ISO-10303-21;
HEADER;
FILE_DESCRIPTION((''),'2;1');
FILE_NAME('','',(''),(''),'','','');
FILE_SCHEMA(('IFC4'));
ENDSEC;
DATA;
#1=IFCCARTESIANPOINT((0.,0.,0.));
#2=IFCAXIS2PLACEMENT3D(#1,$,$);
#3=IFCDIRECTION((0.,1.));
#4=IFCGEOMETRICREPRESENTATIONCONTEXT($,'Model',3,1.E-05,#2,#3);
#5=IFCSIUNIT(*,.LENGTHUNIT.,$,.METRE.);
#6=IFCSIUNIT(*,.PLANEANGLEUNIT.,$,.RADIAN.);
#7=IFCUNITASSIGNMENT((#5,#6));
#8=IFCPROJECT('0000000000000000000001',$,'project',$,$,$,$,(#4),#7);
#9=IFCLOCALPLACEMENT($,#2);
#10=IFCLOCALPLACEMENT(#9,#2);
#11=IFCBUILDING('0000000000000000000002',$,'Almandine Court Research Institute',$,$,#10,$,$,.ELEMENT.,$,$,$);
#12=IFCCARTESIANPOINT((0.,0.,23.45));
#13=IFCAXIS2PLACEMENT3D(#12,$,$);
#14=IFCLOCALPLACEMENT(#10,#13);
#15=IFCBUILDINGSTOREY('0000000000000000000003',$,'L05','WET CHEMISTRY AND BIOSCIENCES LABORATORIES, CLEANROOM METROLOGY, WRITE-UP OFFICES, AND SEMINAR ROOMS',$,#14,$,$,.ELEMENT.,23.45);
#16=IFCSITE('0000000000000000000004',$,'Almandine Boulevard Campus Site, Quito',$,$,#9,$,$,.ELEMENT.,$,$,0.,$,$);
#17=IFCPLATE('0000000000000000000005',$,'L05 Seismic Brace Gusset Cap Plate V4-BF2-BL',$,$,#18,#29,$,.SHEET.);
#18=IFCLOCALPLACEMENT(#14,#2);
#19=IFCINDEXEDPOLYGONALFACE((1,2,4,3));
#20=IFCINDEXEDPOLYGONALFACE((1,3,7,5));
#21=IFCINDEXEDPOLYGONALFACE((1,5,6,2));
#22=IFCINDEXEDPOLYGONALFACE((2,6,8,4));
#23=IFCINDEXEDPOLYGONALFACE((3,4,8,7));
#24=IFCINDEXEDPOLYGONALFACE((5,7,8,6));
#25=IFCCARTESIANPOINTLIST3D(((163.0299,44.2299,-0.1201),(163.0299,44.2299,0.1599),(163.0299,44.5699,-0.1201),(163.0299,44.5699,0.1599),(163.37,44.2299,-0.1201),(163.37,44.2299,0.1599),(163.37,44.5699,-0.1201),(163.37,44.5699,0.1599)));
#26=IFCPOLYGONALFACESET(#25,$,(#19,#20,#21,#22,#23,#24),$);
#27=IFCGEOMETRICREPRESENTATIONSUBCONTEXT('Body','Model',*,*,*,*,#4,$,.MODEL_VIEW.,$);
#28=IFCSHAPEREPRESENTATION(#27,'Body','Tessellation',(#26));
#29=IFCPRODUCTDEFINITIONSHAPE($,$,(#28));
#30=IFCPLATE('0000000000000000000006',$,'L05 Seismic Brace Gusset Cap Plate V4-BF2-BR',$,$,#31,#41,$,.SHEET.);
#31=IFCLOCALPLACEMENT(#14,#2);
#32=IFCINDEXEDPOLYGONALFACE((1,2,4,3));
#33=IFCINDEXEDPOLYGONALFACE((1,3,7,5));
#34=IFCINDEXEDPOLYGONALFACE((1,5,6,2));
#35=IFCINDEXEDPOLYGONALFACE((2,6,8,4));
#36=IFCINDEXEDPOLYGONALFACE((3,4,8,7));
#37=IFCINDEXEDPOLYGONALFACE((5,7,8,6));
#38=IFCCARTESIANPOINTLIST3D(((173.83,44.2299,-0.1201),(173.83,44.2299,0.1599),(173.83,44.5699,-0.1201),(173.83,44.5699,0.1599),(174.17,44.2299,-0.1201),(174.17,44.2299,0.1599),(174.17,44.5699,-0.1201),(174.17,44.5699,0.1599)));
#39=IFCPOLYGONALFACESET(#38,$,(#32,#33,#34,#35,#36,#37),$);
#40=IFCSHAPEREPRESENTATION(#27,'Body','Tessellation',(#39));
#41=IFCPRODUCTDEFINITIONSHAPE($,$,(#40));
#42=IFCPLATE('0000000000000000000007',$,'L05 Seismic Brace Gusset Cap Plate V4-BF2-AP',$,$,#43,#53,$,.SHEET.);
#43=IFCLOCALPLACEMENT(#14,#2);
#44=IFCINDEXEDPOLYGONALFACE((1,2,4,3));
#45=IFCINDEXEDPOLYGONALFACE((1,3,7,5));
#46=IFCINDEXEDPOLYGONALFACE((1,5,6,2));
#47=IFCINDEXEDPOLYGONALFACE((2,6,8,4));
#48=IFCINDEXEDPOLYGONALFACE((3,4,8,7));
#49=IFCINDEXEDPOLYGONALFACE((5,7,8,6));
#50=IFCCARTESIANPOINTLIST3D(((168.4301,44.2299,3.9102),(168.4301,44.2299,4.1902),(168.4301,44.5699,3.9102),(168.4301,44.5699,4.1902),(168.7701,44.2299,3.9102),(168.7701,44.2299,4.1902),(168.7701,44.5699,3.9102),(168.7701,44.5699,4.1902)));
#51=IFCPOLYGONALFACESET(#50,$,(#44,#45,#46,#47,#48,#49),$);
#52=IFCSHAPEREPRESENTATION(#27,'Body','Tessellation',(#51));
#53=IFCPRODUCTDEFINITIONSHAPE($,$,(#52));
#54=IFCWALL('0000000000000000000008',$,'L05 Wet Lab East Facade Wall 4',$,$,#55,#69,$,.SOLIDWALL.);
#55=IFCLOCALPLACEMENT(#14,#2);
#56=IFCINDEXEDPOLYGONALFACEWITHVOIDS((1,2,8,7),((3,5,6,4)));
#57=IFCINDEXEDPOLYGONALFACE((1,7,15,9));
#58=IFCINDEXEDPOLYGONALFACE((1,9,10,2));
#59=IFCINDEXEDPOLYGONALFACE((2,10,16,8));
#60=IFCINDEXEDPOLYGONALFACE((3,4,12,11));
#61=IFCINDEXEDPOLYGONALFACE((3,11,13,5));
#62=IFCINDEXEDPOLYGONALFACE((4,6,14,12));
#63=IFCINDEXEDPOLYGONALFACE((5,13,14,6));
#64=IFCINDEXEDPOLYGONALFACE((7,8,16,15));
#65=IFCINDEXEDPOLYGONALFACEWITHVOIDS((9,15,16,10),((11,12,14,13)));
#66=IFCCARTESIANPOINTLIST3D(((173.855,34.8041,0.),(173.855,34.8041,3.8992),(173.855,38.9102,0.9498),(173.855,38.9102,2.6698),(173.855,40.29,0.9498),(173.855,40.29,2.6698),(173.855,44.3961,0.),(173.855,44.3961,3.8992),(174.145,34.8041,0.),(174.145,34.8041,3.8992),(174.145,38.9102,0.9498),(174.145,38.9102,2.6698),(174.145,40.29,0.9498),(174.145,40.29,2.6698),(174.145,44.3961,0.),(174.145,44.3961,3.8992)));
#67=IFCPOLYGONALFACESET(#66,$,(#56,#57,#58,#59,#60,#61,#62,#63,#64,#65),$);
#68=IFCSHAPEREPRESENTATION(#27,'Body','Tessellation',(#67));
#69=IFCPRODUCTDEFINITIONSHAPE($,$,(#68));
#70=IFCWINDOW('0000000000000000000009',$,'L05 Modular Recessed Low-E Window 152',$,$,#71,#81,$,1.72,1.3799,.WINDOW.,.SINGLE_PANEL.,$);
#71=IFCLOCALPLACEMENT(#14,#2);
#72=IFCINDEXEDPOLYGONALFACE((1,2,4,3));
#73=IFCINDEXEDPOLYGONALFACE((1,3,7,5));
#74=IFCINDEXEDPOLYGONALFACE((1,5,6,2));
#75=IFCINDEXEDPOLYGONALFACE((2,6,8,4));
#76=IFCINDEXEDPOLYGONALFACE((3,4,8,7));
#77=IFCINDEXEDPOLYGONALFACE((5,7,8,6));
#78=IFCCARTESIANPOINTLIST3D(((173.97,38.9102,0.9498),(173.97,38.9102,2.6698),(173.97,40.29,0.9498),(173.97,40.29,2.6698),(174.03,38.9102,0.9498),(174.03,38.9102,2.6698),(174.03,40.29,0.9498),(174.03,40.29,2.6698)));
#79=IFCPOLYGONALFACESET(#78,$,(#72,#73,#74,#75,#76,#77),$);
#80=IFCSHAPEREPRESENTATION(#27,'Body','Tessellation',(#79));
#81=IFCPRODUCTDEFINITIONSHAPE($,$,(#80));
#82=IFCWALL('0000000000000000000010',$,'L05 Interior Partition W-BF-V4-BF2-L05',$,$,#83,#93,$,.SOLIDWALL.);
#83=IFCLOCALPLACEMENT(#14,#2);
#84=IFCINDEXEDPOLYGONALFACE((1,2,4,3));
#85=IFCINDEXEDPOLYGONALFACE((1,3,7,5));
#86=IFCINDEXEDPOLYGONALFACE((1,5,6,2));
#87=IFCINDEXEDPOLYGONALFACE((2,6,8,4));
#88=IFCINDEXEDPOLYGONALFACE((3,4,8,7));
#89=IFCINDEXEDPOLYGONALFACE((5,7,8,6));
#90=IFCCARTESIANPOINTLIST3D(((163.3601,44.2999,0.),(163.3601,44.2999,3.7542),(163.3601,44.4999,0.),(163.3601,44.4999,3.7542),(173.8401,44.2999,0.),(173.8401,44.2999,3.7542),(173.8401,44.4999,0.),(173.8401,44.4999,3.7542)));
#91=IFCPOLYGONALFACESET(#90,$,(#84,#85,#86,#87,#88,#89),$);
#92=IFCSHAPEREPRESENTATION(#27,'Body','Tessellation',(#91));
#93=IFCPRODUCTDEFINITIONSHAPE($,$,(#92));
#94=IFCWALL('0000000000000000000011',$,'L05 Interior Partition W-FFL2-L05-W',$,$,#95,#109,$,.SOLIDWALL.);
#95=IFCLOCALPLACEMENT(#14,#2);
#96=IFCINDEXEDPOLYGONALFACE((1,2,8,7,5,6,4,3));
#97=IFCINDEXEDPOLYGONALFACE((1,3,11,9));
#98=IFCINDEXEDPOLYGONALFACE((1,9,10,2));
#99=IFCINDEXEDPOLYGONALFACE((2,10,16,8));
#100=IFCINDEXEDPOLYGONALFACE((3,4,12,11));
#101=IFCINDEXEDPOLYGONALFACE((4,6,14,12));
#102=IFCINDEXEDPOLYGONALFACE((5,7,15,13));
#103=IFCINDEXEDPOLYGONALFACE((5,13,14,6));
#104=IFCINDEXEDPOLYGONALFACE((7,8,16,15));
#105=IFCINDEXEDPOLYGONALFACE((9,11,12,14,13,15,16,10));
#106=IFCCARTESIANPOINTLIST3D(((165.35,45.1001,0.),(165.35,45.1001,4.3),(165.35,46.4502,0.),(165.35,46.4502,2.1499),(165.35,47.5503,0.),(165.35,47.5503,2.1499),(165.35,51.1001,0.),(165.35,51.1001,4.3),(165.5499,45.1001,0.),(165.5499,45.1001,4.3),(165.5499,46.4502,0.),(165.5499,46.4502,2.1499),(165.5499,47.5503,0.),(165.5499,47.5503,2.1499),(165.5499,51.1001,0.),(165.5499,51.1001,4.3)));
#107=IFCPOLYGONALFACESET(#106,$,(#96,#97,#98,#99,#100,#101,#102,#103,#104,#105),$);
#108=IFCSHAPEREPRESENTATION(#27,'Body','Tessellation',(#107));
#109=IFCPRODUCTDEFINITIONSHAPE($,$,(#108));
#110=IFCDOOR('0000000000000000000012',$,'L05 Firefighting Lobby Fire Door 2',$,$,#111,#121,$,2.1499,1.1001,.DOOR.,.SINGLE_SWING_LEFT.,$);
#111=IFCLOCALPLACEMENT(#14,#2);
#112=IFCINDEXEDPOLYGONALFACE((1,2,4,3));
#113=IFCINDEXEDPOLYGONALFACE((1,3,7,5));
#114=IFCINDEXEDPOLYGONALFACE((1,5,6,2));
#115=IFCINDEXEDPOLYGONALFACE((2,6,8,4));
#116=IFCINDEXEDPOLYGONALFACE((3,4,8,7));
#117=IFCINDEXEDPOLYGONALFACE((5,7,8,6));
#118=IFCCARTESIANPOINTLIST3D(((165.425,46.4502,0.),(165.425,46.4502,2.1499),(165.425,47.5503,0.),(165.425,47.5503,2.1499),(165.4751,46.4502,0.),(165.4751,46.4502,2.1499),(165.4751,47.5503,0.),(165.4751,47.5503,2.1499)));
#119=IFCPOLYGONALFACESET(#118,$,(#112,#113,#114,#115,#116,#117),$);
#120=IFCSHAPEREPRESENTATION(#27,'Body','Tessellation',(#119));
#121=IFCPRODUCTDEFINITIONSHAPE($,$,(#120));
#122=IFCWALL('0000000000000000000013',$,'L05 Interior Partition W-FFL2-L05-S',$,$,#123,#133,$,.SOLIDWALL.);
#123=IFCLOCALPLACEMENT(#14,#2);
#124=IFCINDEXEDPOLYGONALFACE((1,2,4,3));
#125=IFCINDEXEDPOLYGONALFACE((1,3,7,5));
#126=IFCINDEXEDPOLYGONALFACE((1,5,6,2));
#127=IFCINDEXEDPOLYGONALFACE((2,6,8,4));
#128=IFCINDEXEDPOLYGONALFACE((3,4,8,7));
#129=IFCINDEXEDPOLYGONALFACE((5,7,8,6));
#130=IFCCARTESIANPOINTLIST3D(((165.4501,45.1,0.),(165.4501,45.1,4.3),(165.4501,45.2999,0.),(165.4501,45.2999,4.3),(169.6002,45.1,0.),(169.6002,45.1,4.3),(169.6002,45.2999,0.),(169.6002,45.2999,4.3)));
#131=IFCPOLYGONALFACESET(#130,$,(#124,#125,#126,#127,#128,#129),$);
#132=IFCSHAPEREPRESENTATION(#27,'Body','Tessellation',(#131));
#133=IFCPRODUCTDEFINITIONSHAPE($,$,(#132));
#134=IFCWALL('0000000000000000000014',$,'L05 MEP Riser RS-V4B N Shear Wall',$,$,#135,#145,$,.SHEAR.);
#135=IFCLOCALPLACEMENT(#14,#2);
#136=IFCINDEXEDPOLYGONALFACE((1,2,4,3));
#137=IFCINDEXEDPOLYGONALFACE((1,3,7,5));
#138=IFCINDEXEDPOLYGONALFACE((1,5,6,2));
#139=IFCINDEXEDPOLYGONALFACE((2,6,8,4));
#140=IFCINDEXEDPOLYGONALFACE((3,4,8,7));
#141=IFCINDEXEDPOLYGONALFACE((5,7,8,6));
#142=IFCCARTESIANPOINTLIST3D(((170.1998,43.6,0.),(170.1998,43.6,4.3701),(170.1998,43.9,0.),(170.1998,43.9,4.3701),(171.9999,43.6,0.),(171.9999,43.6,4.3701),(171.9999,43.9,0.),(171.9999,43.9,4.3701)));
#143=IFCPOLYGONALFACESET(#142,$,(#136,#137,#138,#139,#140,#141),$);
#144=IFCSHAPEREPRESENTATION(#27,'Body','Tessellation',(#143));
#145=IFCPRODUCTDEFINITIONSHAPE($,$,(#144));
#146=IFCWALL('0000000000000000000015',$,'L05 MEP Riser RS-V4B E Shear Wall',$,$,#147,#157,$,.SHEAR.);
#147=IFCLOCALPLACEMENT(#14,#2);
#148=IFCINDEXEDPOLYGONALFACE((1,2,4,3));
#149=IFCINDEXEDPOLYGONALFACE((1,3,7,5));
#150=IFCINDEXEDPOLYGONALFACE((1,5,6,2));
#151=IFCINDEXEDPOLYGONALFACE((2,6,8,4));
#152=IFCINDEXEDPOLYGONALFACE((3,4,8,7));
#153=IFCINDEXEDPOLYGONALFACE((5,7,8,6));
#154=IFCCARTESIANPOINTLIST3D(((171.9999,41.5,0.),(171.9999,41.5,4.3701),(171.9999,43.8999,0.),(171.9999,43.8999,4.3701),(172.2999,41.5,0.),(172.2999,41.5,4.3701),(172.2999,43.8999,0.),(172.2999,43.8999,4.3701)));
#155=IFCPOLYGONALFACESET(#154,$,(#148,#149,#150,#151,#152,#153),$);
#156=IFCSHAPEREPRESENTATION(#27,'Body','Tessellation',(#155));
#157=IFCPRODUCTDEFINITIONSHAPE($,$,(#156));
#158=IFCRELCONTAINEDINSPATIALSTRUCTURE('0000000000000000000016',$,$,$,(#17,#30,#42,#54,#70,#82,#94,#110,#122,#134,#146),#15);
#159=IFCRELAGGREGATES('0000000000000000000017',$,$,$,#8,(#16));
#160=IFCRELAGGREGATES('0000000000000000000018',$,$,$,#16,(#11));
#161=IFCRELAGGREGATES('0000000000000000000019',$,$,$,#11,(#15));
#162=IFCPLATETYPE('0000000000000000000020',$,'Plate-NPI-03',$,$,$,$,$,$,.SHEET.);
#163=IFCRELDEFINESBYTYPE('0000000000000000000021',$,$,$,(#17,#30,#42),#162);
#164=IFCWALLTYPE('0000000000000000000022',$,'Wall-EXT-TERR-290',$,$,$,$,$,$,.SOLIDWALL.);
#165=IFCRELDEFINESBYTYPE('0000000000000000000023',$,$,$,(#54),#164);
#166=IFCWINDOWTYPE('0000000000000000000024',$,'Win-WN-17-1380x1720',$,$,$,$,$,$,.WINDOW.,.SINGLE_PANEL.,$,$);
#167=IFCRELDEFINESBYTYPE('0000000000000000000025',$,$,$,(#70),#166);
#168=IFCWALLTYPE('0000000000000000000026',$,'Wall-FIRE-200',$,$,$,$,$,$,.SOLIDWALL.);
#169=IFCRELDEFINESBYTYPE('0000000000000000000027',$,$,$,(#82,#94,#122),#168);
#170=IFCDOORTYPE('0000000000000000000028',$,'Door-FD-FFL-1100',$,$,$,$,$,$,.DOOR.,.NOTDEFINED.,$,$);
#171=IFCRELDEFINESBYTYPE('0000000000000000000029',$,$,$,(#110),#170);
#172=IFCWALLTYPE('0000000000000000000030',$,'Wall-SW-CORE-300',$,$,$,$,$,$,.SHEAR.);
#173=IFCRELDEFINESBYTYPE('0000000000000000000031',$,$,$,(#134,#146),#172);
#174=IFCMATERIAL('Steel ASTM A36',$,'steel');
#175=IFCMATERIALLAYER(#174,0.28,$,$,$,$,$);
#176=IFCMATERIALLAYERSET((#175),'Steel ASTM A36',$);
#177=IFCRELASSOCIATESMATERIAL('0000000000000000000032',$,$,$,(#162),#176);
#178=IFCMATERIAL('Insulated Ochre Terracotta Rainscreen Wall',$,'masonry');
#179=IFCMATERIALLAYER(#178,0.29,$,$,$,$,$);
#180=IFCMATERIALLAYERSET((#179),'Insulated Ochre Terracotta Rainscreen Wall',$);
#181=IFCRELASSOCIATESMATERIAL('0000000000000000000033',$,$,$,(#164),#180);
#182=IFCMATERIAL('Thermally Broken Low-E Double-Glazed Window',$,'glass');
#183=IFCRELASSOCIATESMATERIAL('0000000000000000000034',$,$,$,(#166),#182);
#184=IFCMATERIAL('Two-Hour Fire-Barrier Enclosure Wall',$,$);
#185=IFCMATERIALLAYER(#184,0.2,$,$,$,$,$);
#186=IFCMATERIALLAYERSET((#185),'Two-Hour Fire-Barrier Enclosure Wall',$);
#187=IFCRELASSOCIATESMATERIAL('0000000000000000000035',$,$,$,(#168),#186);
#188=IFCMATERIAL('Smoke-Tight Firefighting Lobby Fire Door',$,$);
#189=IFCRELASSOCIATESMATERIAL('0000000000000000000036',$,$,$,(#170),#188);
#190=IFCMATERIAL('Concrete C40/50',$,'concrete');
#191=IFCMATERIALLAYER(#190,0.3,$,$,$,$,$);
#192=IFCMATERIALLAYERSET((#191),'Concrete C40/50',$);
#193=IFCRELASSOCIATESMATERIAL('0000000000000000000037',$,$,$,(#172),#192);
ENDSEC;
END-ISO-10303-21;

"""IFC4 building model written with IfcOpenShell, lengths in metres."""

from ifc_helpers import new_model, si_unit, direction, frame, frame_2d, origin, origin_2d, place, context, subcontext, project, spatial, rectangle, extrude, material, layer, layer_set, type_object, element, fill, save


model = new_model("IFC4")

# Units and contexts
model_context = context("Model", 3, precision=1e-05, world=origin(), true_north=direction((0.0, 1.0)))
body_context = subcontext(model_context, "Body", "Model", "MODEL_VIEW")
ifc_project = project(units=[si_unit("LENGTHUNIT", "METRE"), si_unit("PLANEANGLEUNIT", "RADIAN")], contexts=[model_context])

# Site, building, storey
site_placement = place(None, origin())
site = spatial("IfcSite", under=ifc_project, at=site_placement, Name="Almandine Boulevard Campus Site, Quito", CompositionType="ELEMENT", RefElevation=0.0)
building_placement = place(site_placement, origin())
building = spatial("IfcBuilding", under=site, at=building_placement, Name="Almandine Court Research Institute", CompositionType="ELEMENT")
storey_placement = place(building_placement, frame((0.0, 0.0, 23.45)))
storey = spatial("IfcBuildingStorey", under=building, at=storey_placement, Name="L05", Description="WET CHEMISTRY AND BIOSCIENCES LABORATORIES, CLEANROOM METROLOGY, WRITE-UP OFFICES, AND SEMINAR ROOMS", CompositionType="ELEMENT", Elevation=23.45)

# Plates
ifc_material_1 = material(Name="Steel ASTM A36", Category="steel")
ifc_layer_1 = layer(ifc_material_1, 0.28)
ifc_layer_set_1 = layer_set([ifc_layer_1], Name="Steel ASTM A36")
plate_type = type_object("IfcPlateType", Name="Plate-NPI-03", PredefinedType="SHEET", material=ifc_layer_set_1)
for number, where, z_axis, x_axis, name in (
    (1, (163.2, 44.3999, -0.1201), (0.0, 0.0, 1.0), (1.0, 0.0, 0.0), "L05 Seismic Brace Gusset Cap Plate V4-BF2-BL"),
    (2, (174.0, 44.3999, -0.1201), (0.0, 0.0, 1.0), (1.0, 0.0, 0.0), "L05 Seismic Brace Gusset Cap Plate V4-BF2-BR"),
    (3, (168.6001, 44.3999, 3.9102), (0.0, 0.0, 1.0), (1.0, 0.0, 0.0), "L05 Seismic Brace Gusset Cap Plate V4-BF2-AP"),
):
    element("IfcPlate", number, at=place(storey_placement, frame(where, z_axis=z_axis, x_axis=x_axis)), inside=storey, type_object=plate_type, Name=name, PredefinedType="SHEET", context=body_context, shape_type="SweptSolid", body=[
        extrude(rectangle(XDim=0.3401, YDim=0.3401, at=origin_2d()), origin(), (0.0, 0.0, 1.0), 0.28),
    ])

# Wall, opening, window
ifc_material_2 = material(Name="Insulated Ochre Terracotta Rainscreen Wall", Category="masonry")
ifc_layer_2 = layer(ifc_material_2, 0.29)
ifc_layer_set_2 = layer_set([ifc_layer_2], Name="Insulated Ochre Terracotta Rainscreen Wall")
wall_type_1 = type_object("IfcWallType", Name="Wall-EXT-TERR-290", PredefinedType="SOLIDWALL", material=ifc_layer_set_2)
wall_1_placement = place(storey_placement, frame((174.0, 44.396, 0.0), z_axis=(0.0, 0.0, 1.0), x_axis=(0.0, -1.0, 0.0)))
wall_1 = element("IfcWall", 4, at=wall_1_placement, inside=storey, type_object=wall_type_1, Name="L05 Wet Lab East Facade Wall 4", PredefinedType="SOLIDWALL", context=body_context, shape_type="SweptSolid", body=[
    extrude(rectangle(XDim=9.592, YDim=0.29, at=frame_2d((4.7959, 0.0))), origin(), (0.0, 0.0, 1.0), 3.8992),
])
opening_1_placement = place(wall_1_placement, frame((4.106, 0.0, 0.95)))
opening_1 = element("IfcOpeningElement", 5, at=opening_1_placement, cuts=wall_1, PredefinedType="OPENING", context=body_context, shape_type="SweptSolid", body=[
    extrude(rectangle(XDim=1.3799, YDim=1.72, at=frame_2d((0.6899, 0.8599))), frame((0.0, 0.155, 0.0), z_axis=(0.0, -1.0, 0.0), x_axis=(1.0, 0.0, 0.0)), (0.0, 0.0, 1.0), 0.3101),
])
ifc_material_3 = material(Name="Thermally Broken Low-E Double-Glazed Window", Category="glass")
window_type = type_object("IfcWindowType", Name="Win-WN-17-1380x1720", PartitioningType="SINGLE_PANEL", PredefinedType="WINDOW", material=ifc_material_3)
window_placement = place(opening_1_placement, origin())
window = element("IfcWindow", 6, at=window_placement, inside=storey, type_object=window_type, Name="L05 Modular Recessed Low-E Window 152", OverallHeight=1.72, OverallWidth=1.3799, PartitioningType="SINGLE_PANEL", PredefinedType="WINDOW", context=body_context, shape_type="SweptSolid", body=[
    extrude(rectangle(XDim=1.3799, YDim=1.72, at=frame_2d((0.6899, 0.8599))), frame((0.0, 0.03, 0.0), z_axis=(0.0, -1.0, 0.0), x_axis=(1.0, 0.0, 0.0)), (0.0, 0.0, 1.0), 0.0601),
])
fill(opening_1, window)

# Wall
ifc_material_4 = material(Name="Two-Hour Fire-Barrier Enclosure Wall")
ifc_layer_3 = layer(ifc_material_4, 0.2)
ifc_layer_set_3 = layer_set([ifc_layer_3], Name="Two-Hour Fire-Barrier Enclosure Wall")
wall_type_2 = type_object("IfcWallType", Name="Wall-FIRE-200", PredefinedType="SOLIDWALL", material=ifc_layer_set_3)
wall_2_placement = place(storey_placement, frame((163.3601, 44.3999, 0.0), z_axis=(0.0, 0.0, 1.0), x_axis=(1.0, 0.0, 0.0)))
element("IfcWall", 7, at=wall_2_placement, inside=storey, type_object=wall_type_2, Name="L05 Interior Partition W-BF-V4-BF2-L05", PredefinedType="SOLIDWALL", context=body_context, shape_type="SweptSolid", body=[
    extrude(rectangle(XDim=10.48, YDim=0.2, at=frame_2d((5.24, 0.0))), origin(), (0.0, 0.0, 1.0), 3.7542),
])

# Wall, opening, door
wall_3_placement = place(storey_placement, frame((165.45, 45.1001, 0.0), z_axis=(0.0, 0.0, 1.0), x_axis=(0.0, 1.0, 0.0)))
wall_3 = element("IfcWall", 8, at=wall_3_placement, inside=storey, type_object=wall_type_2, Name="L05 Interior Partition W-FFL2-L05-W", PredefinedType="SOLIDWALL", context=body_context, shape_type="SweptSolid", body=[
    extrude(rectangle(XDim=6.0, YDim=0.2, at=frame_2d((3.0, 0.0))), origin(), (0.0, 0.0, 1.0), 4.3),
])
opening_2_placement = place(wall_3_placement, frame((1.3501, 0.0, 0.0)))
opening_2 = element("IfcOpeningElement", 9, at=opening_2_placement, cuts=wall_3, PredefinedType="OPENING", context=body_context, shape_type="SweptSolid", body=[
    extrude(rectangle(XDim=1.1001, YDim=2.1499, at=frame_2d((0.55, 1.075))), frame((0.0, 0.1099, 0.0), z_axis=(0.0, -1.0, 0.0), x_axis=(1.0, 0.0, 0.0)), (0.0, 0.0, 1.0), 0.22),
])
ifc_material_5 = material(Name="Smoke-Tight Firefighting Lobby Fire Door")
door_type_1 = type_object("IfcDoorType", Name="Door-FD-FFL-1100", OperationType="NOTDEFINED", PredefinedType="DOOR", material=ifc_material_5)
door_1_placement = place(opening_2_placement, origin())
door_1 = element("IfcDoor", 10, at=door_1_placement, inside=storey, type_object=door_type_1, Name="L05 Firefighting Lobby Fire Door 2", OperationType="SINGLE_SWING_LEFT", OverallHeight=2.1499, OverallWidth=1.1001, PredefinedType="DOOR", context=body_context, shape_type="SweptSolid", body=[
    extrude(rectangle(XDim=1.1001, YDim=2.1499, at=frame_2d((0.55, 1.075))), frame((0.0, 0.0249, 0.0), z_axis=(0.0, -1.0, 0.0), x_axis=(1.0, 0.0, 0.0)), (0.0, 0.0, 1.0), 0.05),
])
fill(opening_2, door_1)

# Walls
wall_4_placement = place(storey_placement, frame((165.45, 45.2, 0.0), z_axis=(0.0, 0.0, 1.0), x_axis=(1.0, 0.0, 0.0)))
element("IfcWall", 11, at=wall_4_placement, inside=storey, type_object=wall_type_2, Name="L05 Interior Partition W-FFL2-L05-S", PredefinedType="SOLIDWALL", context=body_context, shape_type="SweptSolid", body=[
    extrude(rectangle(XDim=4.1501, YDim=0.2, at=frame_2d((2.0752, 0.0))), origin(), (0.0, 0.0, 1.0), 4.3),
])
ifc_material_6 = material(Name="Concrete C40/50", Category="concrete")
ifc_layer_4 = layer(ifc_material_6, 0.3)
ifc_layer_set_4 = layer_set([ifc_layer_4], Name="Concrete C40/50")
wall_type_3 = type_object("IfcWallType", Name="Wall-SW-CORE-300", PredefinedType="SHEAR", material=ifc_layer_set_4)
wall_5_placement = place(storey_placement, frame((170.2, 43.75, 0.0), z_axis=(0.0, 0.0, 1.0), x_axis=(1.0, 0.0, 0.0)))
element("IfcWall", 12, at=wall_5_placement, inside=storey, type_object=wall_type_3, Name="L05 MEP Riser RS-V4B N Shear Wall", PredefinedType="SHEAR", context=body_context, shape_type="SweptSolid", body=[
    extrude(rectangle(XDim=1.8, YDim=0.3, at=frame_2d((0.8999, 0.0))), origin(), (0.0, 0.0, 1.0), 4.3701),
])
wall_6_placement = place(storey_placement, frame((172.1499, 43.8999, 0.0), z_axis=(0.0, 0.0, 1.0), x_axis=(0.0, -1.0, 0.0)))
element("IfcWall", 13, at=wall_6_placement, inside=storey, type_object=wall_type_3, Name="L05 MEP Riser RS-V4B E Shear Wall", PredefinedType="SHEAR", context=body_context, shape_type="SweptSolid", body=[
    extrude(rectangle(XDim=2.3999, YDim=0.3, at=frame_2d((1.2, 0.0))), origin(), (0.0, 0.0, 1.0), 4.3701),
])

save(model, "model.ifc")
